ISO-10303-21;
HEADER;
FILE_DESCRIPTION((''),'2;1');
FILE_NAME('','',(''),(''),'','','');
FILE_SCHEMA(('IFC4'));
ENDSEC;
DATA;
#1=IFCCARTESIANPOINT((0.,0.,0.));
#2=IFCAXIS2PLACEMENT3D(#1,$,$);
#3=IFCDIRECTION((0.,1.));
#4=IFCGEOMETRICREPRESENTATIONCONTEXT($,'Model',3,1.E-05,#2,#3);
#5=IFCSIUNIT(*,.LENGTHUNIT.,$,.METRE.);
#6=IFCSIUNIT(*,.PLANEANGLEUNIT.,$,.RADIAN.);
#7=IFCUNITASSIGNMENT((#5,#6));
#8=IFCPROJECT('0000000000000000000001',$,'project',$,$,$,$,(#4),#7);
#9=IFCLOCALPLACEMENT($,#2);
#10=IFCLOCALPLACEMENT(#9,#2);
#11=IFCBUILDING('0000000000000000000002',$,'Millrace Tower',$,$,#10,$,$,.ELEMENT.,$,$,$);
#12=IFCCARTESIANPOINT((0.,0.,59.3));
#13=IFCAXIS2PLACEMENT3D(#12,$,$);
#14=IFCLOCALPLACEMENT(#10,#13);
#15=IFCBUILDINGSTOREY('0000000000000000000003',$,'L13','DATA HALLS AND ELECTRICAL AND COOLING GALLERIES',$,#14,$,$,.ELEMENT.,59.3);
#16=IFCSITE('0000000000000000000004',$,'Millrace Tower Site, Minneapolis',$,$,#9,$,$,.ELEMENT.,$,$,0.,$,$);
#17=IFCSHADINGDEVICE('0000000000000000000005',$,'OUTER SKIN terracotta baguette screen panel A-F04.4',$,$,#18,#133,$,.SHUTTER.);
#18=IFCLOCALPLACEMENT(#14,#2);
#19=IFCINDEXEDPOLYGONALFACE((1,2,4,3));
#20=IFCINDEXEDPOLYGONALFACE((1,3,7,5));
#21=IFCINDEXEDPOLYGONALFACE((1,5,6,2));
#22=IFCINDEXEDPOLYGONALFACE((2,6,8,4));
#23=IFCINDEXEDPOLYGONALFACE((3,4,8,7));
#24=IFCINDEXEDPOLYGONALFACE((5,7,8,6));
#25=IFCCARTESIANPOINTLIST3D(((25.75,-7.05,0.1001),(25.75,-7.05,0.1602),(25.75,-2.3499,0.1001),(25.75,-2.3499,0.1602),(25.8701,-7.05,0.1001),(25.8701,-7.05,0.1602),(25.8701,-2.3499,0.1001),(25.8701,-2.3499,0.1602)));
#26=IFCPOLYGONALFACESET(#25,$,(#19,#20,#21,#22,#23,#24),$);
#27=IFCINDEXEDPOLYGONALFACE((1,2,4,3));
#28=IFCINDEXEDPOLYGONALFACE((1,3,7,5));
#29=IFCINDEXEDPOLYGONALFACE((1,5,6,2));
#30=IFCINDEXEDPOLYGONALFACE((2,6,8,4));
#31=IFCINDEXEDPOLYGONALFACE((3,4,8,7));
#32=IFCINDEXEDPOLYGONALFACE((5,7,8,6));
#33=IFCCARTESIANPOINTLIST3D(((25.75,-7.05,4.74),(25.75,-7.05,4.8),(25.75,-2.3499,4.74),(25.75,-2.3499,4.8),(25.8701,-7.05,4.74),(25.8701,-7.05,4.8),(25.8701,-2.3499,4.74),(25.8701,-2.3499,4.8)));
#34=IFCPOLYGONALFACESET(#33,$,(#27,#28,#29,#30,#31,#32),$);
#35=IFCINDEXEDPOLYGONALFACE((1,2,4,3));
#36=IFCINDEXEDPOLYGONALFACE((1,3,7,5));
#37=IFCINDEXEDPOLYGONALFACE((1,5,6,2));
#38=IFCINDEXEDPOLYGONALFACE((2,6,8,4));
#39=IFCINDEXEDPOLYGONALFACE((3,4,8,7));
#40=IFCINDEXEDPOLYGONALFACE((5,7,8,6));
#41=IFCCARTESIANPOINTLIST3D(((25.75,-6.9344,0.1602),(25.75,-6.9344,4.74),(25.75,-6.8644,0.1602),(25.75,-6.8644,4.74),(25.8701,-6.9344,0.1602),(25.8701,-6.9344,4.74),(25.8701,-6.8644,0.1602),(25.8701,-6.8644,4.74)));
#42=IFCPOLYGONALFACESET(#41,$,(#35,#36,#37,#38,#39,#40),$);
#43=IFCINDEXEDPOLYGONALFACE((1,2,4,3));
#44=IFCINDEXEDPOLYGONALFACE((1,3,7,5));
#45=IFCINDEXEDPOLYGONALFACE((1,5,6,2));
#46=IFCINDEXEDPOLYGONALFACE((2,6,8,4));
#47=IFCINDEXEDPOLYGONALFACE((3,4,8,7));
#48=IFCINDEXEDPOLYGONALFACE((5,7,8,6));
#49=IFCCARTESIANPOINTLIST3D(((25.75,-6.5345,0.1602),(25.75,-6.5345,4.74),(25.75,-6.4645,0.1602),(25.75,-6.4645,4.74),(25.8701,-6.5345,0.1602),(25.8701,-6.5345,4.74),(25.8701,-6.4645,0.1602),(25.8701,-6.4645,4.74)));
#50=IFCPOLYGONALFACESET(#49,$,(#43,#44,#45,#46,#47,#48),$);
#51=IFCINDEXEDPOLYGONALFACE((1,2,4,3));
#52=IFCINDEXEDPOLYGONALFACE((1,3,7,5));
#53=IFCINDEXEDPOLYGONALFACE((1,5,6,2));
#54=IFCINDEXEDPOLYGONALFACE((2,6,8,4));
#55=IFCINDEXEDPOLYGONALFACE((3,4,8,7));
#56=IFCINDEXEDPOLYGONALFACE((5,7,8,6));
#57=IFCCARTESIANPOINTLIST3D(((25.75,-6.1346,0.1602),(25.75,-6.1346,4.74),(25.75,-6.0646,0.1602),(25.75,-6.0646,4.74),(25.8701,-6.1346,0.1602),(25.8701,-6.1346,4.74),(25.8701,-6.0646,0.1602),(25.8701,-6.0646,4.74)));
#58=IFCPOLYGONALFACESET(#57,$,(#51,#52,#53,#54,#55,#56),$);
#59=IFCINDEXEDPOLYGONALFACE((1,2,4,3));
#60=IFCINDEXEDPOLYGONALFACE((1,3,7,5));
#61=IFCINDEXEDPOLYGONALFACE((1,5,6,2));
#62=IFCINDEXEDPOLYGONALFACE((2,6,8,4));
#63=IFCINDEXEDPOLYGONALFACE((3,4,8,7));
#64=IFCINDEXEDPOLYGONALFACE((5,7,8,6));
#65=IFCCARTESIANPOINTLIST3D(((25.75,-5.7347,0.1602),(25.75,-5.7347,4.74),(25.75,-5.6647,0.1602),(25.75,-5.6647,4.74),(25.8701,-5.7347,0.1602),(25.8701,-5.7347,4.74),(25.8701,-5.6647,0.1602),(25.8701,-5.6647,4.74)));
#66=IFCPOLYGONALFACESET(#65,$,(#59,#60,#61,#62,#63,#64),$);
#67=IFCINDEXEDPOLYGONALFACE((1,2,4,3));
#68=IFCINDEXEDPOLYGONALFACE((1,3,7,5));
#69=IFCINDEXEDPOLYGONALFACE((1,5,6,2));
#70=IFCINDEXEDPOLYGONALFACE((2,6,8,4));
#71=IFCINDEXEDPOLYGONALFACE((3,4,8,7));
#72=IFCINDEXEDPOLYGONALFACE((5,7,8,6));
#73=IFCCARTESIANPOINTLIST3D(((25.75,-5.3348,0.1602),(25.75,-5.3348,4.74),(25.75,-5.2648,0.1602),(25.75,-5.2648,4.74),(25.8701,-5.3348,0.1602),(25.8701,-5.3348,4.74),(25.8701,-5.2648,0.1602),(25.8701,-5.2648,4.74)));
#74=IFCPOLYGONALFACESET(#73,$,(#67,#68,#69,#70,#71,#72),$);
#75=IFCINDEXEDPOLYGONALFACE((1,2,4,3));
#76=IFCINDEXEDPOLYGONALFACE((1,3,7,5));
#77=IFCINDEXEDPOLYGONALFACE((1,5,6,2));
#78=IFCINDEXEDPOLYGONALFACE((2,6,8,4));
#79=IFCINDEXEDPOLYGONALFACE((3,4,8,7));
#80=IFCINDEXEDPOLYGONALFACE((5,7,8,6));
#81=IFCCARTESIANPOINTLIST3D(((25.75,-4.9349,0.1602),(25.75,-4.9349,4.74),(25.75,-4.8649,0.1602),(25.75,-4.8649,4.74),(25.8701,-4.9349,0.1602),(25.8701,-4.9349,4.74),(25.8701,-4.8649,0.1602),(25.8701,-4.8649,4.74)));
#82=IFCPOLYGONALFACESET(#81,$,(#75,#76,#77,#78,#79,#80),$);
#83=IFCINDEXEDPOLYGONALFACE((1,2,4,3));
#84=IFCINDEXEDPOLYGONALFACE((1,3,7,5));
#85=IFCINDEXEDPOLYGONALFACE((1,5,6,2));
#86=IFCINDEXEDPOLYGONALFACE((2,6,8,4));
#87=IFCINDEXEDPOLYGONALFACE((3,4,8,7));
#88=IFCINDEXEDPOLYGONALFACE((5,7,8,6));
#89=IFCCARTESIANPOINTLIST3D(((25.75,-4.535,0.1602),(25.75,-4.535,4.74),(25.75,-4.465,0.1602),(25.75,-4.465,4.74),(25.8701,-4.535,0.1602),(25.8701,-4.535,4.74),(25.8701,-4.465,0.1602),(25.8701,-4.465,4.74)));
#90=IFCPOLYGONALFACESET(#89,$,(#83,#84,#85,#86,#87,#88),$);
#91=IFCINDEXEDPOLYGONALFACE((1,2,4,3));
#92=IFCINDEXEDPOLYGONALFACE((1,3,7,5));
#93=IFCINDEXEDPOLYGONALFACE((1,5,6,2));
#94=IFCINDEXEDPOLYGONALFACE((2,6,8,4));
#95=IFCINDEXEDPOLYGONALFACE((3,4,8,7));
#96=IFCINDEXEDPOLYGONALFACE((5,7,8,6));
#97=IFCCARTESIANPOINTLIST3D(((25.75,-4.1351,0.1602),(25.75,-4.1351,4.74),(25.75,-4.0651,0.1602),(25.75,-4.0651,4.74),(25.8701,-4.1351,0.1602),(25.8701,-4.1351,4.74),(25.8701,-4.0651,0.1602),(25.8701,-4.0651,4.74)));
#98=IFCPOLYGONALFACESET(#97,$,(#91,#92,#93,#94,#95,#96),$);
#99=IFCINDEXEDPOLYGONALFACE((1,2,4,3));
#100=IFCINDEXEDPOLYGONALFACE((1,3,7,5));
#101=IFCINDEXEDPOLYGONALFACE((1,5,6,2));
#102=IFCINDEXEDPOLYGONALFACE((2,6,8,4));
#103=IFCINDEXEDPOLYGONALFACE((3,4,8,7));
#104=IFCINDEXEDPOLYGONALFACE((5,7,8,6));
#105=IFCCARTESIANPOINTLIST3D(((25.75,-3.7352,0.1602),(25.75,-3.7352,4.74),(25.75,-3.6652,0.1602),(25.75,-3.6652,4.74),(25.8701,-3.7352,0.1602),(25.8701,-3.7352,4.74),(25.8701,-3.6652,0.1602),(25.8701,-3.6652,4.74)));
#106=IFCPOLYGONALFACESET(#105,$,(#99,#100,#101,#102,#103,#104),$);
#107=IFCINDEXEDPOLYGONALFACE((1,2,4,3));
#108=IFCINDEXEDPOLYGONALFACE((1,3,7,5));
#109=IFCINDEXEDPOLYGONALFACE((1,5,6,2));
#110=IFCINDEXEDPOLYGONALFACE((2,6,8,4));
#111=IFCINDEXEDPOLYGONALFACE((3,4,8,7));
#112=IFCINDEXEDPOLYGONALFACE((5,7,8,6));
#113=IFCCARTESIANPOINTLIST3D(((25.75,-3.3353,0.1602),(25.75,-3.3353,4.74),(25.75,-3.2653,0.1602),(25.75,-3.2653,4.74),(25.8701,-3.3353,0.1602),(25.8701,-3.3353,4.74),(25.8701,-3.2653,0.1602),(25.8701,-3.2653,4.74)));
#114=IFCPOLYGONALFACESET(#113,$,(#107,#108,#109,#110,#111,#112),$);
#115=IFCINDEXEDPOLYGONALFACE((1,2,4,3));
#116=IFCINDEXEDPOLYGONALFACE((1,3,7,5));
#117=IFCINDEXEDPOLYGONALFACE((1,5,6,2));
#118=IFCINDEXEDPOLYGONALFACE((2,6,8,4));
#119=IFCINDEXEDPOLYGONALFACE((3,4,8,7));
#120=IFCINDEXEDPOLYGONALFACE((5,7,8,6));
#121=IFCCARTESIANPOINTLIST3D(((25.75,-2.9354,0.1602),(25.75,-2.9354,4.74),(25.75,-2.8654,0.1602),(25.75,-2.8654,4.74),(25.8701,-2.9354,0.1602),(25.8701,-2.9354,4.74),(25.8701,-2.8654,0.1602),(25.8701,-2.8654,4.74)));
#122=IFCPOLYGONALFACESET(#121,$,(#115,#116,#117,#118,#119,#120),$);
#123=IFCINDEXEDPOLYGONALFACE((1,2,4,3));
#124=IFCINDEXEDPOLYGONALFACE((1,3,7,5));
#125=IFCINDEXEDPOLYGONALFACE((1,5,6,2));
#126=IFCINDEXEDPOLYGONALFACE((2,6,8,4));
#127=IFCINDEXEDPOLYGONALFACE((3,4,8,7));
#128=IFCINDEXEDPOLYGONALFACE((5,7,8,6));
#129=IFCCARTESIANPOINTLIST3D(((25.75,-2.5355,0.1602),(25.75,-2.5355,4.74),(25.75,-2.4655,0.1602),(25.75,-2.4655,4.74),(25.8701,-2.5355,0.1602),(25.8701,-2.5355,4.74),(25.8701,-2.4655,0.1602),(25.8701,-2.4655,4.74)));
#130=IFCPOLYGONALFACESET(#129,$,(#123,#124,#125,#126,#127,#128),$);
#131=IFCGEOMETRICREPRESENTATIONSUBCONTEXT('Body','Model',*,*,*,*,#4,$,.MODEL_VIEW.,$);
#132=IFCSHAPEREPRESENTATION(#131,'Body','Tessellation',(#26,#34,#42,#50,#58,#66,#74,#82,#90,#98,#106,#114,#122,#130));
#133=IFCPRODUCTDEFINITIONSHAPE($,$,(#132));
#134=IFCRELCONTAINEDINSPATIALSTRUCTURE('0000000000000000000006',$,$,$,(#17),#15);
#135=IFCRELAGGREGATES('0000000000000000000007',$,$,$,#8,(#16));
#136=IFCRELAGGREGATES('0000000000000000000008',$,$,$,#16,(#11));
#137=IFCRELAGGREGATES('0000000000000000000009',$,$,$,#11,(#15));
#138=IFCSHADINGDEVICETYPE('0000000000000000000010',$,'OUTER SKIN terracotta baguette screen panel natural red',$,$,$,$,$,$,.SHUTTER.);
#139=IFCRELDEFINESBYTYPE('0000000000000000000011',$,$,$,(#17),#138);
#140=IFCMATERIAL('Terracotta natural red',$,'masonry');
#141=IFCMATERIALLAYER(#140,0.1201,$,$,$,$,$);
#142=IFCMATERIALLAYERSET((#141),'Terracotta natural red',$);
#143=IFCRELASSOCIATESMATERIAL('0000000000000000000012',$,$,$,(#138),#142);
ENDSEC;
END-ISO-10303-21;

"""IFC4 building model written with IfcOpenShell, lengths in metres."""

from ifc_helpers import new_model, entity, si_unit, direction, frame, frame_2d, origin, place, context, subcontext, project, spatial, rectangle, extrude, source, transform, mapped, material, layer, layer_set, type_object, element, save


model = new_model("IFC4")

# Units and contexts
model_context = context("Model", 3, precision=1e-05, world=origin(), true_north=direction((0.0, 1.0)))
body_context = subcontext(model_context, "Body", "Model", "MODEL_VIEW")
ifc_project = project(units=[si_unit("LENGTHUNIT", "METRE"), si_unit("PLANEANGLEUNIT", "RADIAN")], contexts=[model_context])

# Site, building, storey
site_placement = place(None, origin())
site = spatial("IfcSite", under=ifc_project, at=site_placement, Name="Millrace Tower Site, Minneapolis", CompositionType="ELEMENT", RefElevation=0.0)
building_placement = place(site_placement, origin())
building = spatial("IfcBuilding", under=site, at=building_placement, Name="Millrace Tower", CompositionType="ELEMENT")
storey_placement = place(building_placement, frame((0.0, 0.0, 59.3)))
storey = spatial("IfcBuildingStorey", under=building, at=storey_placement, Name="L13", Description="DATA HALLS AND ELECTRICAL AND COOLING GALLERIES", CompositionType="ELEMENT", Elevation=59.3)

# Shading device
cartesian_point = entity("IfcCartesianPoint", [-2.3501, 0.0601])
shared_polyline = entity("IfcPolyline", [cartesian_point, entity("IfcCartesianPoint", [2.3501, 0.0601]), entity("IfcCartesianPoint", [2.3501, -0.0601]), entity("IfcCartesianPoint", [-2.3501, -0.0601]), cartesian_point])
ifc_material_1 = material(Name="Terracotta natural red", Category="masonry")
ifc_layer_1 = layer(ifc_material_1, 0.1201)
ifc_layer_set_1 = layer_set([ifc_layer_1], Name="Terracotta natural red")
shading_device_type_1 = type_object("IfcShadingDeviceType", Name="OUTER SKIN terracotta baguette screen panel natural red", PredefinedType="SHUTTER", material=ifc_layer_set_1)
shared_shape_1 = source(origin(), body_context, "Body", "SweptSolid", [
    entity("IfcExtrudedAreaSolid", entity("IfcArbitraryClosedProfileDef", "AREA", None, shared_polyline), entity("IfcAxis2Placement3D", entity("IfcCartesianPoint", [0.0, 0.0, 0.0])), entity("IfcDirection", [0.0, 0.0, 1.0]), 0.0601),
    entity("IfcExtrudedAreaSolid", entity("IfcArbitraryClosedProfileDef", "AREA", None, shared_polyline), entity("IfcAxis2Placement3D", entity("IfcCartesianPoint", [0.0, 0.0, 4.6399])), entity("IfcDirection", [0.0, 0.0, 1.0]), 0.0601),
    extrude(rectangle(XDim=0.0701, YDim=0.1201, at=frame_2d((-2.1995, 0.0))), frame((0.0, 0.0, 0.0601)), (0.0, 0.0, 1.0), 4.5798),
    extrude(rectangle(XDim=0.0701, YDim=0.1201, at=frame_2d((-1.7996, 0.0))), frame((0.0, 0.0, 0.0601)), (0.0, 0.0, 1.0), 4.5798),
    extrude(rectangle(XDim=0.0701, YDim=0.1201, at=frame_2d((-1.3997, 0.0))), frame((0.0, 0.0, 0.0601)), (0.0, 0.0, 1.0), 4.5798),
    extrude(rectangle(XDim=0.0701, YDim=0.1201, at=frame_2d((-0.9998, 0.0))), frame((0.0, 0.0, 0.0601)), (0.0, 0.0, 1.0), 4.5798),
    extrude(rectangle(XDim=0.0701, YDim=0.1201, at=frame_2d((-0.5999, 0.0))), frame((0.0, 0.0, 0.0601)), (0.0, 0.0, 1.0), 4.5798),
    extrude(rectangle(XDim=0.0701, YDim=0.1201, at=frame_2d((-0.2, 0.0))), frame((0.0, 0.0, 0.0601)), (0.0, 0.0, 1.0), 4.5798),
    extrude(rectangle(XDim=0.0701, YDim=0.1201, at=frame_2d((0.2, 0.0))), frame((0.0, 0.0, 0.0601)), (0.0, 0.0, 1.0), 4.5798),
    extrude(rectangle(XDim=0.0701, YDim=0.1201, at=frame_2d((0.5999, 0.0))), frame((0.0, 0.0, 0.0601)), (0.0, 0.0, 1.0), 4.5798),
    extrude(rectangle(XDim=0.0701, YDim=0.1201, at=frame_2d((0.9998, 0.0))), frame((0.0, 0.0, 0.0601)), (0.0, 0.0, 1.0), 4.5798),
    extrude(rectangle(XDim=0.0701, YDim=0.1201, at=frame_2d((1.3997, 0.0))), frame((0.0, 0.0, 0.0601)), (0.0, 0.0, 1.0), 4.5798),
    extrude(rectangle(XDim=0.0701, YDim=0.1201, at=frame_2d((1.7996, 0.0))), frame((0.0, 0.0, 0.0601)), (0.0, 0.0, 1.0), 4.5798),
    extrude(rectangle(XDim=0.0701, YDim=0.1201, at=frame_2d((2.1995, 0.0))), frame((0.0, 0.0, 0.0601)), (0.0, 0.0, 1.0), 4.5798),
])
for number, where, z_axis, x_axis, name in (
    (1, (25.8101, -4.7, 0.1001), (0.0, 0.0, 1.0), (0.0, 1.0, 0.0), "OUTER SKIN terracotta baguette screen panel A-F04.4"),
):
    element("IfcShadingDevice", number, at=place(storey_placement, frame(where, z_axis=z_axis, x_axis=x_axis)), inside=storey, type_object=shading_device_type_1, Name=name, PredefinedType="SHUTTER", context=body_context, shape_type="MappedRepresentation", body=[
        mapped(shared_shape_1, transform((0.0, 0.0, 0.0), scale=1.0)),
    ])

save(model, "model.ifc")
